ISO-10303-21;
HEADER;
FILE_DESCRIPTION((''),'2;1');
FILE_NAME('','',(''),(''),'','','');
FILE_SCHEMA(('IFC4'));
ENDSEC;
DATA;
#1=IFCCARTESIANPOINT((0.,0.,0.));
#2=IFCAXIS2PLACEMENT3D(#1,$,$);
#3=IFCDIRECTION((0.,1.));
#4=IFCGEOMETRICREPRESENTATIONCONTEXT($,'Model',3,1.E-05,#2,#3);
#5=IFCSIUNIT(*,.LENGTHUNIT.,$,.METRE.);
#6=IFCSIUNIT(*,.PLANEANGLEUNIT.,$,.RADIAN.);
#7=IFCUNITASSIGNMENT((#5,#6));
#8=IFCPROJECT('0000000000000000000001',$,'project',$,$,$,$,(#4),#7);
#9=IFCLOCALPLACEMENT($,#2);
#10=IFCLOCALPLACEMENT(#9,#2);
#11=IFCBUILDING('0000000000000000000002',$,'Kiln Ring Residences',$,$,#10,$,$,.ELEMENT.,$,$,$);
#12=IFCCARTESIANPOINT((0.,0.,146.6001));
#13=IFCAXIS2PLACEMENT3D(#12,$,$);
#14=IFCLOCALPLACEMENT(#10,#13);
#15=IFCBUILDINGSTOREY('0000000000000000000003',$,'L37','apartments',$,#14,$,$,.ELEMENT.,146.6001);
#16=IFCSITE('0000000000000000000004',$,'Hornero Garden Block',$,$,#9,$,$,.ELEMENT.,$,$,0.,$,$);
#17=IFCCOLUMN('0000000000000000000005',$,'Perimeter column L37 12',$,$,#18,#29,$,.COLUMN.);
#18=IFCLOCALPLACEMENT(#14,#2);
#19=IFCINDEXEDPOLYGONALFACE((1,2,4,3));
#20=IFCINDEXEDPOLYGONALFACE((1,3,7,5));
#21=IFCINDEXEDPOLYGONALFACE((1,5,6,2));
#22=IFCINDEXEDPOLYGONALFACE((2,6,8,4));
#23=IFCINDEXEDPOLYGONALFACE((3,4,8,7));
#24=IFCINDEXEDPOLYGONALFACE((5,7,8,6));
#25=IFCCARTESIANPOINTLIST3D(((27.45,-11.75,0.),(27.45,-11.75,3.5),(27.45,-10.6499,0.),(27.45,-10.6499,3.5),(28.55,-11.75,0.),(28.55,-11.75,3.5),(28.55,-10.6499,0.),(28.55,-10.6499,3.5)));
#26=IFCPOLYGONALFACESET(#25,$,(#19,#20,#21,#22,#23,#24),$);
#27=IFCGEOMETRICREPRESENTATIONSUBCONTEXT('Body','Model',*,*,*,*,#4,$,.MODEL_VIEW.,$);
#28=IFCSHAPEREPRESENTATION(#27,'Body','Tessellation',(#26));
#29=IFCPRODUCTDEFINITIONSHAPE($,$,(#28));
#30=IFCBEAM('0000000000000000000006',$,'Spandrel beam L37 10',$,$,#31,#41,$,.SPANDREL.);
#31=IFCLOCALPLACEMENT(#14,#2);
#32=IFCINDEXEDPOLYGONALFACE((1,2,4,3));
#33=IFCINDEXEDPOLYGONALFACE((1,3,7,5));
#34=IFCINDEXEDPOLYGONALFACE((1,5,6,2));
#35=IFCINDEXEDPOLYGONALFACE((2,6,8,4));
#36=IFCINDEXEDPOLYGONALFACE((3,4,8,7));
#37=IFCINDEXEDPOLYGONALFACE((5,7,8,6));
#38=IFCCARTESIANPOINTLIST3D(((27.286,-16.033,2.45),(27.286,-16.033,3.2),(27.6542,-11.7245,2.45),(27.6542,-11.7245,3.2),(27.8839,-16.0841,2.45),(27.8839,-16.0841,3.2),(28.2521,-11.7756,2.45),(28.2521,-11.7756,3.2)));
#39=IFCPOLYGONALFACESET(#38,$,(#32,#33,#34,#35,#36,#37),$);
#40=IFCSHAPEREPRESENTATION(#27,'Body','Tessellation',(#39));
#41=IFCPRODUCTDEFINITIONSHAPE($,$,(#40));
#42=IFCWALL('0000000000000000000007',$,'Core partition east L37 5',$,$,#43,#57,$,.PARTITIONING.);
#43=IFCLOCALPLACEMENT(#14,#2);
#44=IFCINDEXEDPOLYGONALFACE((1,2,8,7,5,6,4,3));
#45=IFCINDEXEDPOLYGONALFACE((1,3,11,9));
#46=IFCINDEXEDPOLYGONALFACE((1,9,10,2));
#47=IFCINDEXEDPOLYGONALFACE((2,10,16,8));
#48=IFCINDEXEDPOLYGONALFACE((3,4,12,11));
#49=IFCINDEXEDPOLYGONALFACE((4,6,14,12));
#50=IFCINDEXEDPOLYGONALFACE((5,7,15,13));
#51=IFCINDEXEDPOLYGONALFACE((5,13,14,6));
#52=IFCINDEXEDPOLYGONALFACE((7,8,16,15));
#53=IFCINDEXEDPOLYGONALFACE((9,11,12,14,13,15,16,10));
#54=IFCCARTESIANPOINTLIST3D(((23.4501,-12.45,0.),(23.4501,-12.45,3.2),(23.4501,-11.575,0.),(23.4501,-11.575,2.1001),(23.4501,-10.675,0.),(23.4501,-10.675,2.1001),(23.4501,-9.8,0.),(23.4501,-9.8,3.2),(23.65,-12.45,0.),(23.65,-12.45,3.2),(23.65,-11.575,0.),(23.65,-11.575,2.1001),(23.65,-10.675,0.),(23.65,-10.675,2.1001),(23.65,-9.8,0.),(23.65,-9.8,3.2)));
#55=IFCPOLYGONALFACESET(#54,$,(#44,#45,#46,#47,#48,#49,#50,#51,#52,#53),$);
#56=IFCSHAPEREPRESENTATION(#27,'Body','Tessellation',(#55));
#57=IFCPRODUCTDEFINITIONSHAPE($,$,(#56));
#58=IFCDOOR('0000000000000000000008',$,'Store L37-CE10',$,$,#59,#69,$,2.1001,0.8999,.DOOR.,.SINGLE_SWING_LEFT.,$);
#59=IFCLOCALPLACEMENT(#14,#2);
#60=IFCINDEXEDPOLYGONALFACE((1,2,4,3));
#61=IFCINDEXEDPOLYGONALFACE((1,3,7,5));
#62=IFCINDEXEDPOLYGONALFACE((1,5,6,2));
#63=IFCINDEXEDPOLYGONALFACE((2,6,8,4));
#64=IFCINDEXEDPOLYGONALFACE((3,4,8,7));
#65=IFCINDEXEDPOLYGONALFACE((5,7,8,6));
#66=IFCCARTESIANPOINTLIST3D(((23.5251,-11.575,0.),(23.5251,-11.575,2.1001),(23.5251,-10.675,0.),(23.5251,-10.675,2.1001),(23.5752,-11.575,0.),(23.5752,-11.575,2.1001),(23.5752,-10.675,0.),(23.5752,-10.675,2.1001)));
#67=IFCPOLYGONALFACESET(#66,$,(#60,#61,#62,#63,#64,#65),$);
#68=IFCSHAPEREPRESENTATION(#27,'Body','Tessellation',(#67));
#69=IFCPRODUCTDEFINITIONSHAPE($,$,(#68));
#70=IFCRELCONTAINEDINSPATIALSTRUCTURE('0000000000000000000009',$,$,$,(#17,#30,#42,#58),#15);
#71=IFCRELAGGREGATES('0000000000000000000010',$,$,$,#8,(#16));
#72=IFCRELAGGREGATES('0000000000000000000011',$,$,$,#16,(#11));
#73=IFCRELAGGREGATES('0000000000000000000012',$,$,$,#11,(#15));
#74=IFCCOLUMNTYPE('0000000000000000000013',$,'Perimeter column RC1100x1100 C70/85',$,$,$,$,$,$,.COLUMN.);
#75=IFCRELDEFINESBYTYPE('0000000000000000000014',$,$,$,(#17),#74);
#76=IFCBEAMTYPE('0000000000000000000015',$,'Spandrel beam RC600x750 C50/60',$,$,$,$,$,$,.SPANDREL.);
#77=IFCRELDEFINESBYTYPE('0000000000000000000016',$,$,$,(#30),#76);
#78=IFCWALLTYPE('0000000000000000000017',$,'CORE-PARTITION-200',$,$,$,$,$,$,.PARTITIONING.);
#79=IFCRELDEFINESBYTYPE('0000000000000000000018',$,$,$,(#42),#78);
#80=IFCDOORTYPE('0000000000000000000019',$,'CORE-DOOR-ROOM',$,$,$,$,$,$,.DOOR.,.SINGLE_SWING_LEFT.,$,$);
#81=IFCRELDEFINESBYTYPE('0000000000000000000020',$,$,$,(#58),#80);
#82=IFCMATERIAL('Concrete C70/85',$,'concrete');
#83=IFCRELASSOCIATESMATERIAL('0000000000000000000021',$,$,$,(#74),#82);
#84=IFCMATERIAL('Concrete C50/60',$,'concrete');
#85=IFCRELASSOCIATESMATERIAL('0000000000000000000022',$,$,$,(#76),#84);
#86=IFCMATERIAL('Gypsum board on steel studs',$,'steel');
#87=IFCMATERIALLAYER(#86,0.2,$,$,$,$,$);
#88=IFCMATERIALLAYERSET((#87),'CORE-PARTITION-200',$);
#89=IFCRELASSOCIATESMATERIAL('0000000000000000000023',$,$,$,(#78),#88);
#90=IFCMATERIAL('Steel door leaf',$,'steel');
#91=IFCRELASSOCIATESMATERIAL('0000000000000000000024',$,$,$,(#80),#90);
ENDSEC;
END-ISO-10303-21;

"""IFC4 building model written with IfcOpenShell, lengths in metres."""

from ifc_helpers import new_model, si_unit, direction, frame, frame_2d, origin, origin_2d, place, context, subcontext, project, spatial, rectangle, extrude, material, layer, layer_set, material_profile, profile_set, type_object, element, fill, save


model = new_model("IFC4")

# Units and contexts
model_context = context("Model", 3, precision=1e-05, world=origin(), true_north=direction((0.0, 1.0)))
body_context = subcontext(model_context, "Body", "Model", "MODEL_VIEW")
ifc_project = project(units=[si_unit("LENGTHUNIT", "METRE"), si_unit("PLANEANGLEUNIT", "RADIAN")], contexts=[model_context])

# Site, building, storey
site_placement = place(None, origin())
site = spatial("IfcSite", under=ifc_project, at=site_placement, Name="Hornero Garden Block", CompositionType="ELEMENT", RefElevation=0.0)
building_placement = place(site_placement, origin())
building = spatial("IfcBuilding", under=site, at=building_placement, Name="Kiln Ring Residences", CompositionType="ELEMENT")
storey_placement = place(building_placement, frame((0.0, 0.0, 146.6001)))
storey = spatial("IfcBuildingStorey", under=building, at=storey_placement, Name="L37", Description="apartments", CompositionType="ELEMENT", Elevation=146.6001)

# Column
ifc_material_1 = material(Name="Concrete C70/85", Category="concrete")
ifc_material_profile_1 = material_profile(ifc_material_1, rectangle(XDim=1.1001, YDim=1.1001, at=origin_2d()), Name="RC1100x1100")
ifc_profile_set_1 = profile_set([ifc_material_profile_1], Name="Concrete C70/85")
column_type = type_object("IfcColumnType", Name="Perimeter column RC1100x1100 C70/85", PredefinedType="COLUMN", material=ifc_profile_set_1)
column_placement = place(storey_placement, frame((28.0, -11.2, 0.0), z_axis=(0.0, 0.0, 1.0), x_axis=(1.0, 0.0, 0.0)))
element("IfcColumn", 1, at=column_placement, inside=storey, type_object=column_type, Name="Perimeter column L37 12", PredefinedType="COLUMN", context=body_context, shape_type="SweptSolid", body=[
    extrude(rectangle(XDim=1.1001, YDim=1.1001, at=origin_2d()), origin(), (0.0, 0.0, 1.0), 3.5),
])

# Beam
ifc_material_2 = material(Name="Concrete C50/60", Category="concrete")
ifc_material_profile_2 = material_profile(ifc_material_2, rectangle(XDim=0.6001, YDim=0.75, at=origin_2d()), Name="RC600x750")
ifc_profile_set_2 = profile_set([ifc_material_profile_2], Name="Concrete C50/60")
beam_type = type_object("IfcBeamType", Name="Spandrel beam RC600x750 C50/60", PredefinedType="SPANDREL", material=ifc_profile_set_2)
beam_placement = place(storey_placement, frame((27.585, -16.0586, 2.825), z_axis=(0.085139, 0.996369, 0.0), x_axis=(-0.996369, 0.085139, 0.0)))
element("IfcBeam", 2, at=beam_placement, inside=storey, type_object=beam_type, Name="Spandrel beam L37 10", PredefinedType="SPANDREL", context=body_context, shape_type="SweptSolid", body=[
    extrude(rectangle(XDim=0.6001, YDim=0.75, at=origin_2d()), origin(), (0.0, 0.0, 1.0), 4.3242),
])

# Wall, opening, door
ifc_material_3 = material(Name="Gypsum board on steel studs", Category="steel")
ifc_layer_1 = layer(ifc_material_3, 0.2)
ifc_layer_set_1 = layer_set([ifc_layer_1], Name="CORE-PARTITION-200")
wall_type_1 = type_object("IfcWallType", Name="CORE-PARTITION-200", PredefinedType="PARTITIONING", material=ifc_layer_set_1)
wall_1_placement = place(storey_placement, frame((23.55, -12.45, 0.0), z_axis=(0.0, 0.0, 1.0), x_axis=(0.0, 1.0, 0.0)))
wall_1 = element("IfcWall", 3, at=wall_1_placement, inside=storey, type_object=wall_type_1, Name="Core partition east L37 5", PredefinedType="PARTITIONING", context=body_context, shape_type="SweptSolid", body=[
    extrude(rectangle(XDim=2.6499, YDim=0.2, at=frame_2d((1.325, 0.0))), origin(), (0.0, 0.0, 1.0), 3.2),
])
opening_1_placement = place(wall_1_placement, frame((0.875, 0.0, 0.0)))
opening_1 = element("IfcOpeningElement", 4, at=opening_1_placement, cuts=wall_1, PredefinedType="OPENING", context=body_context, shape_type="SweptSolid", body=[
    extrude(rectangle(XDim=0.8999, YDim=2.1001, at=frame_2d((0.45, 1.05))), frame((0.0, 0.1099, 0.0), z_axis=(0.0, -1.0, 0.0), x_axis=(1.0, 0.0, 0.0)), (0.0, 0.0, 1.0), 0.22),
])
ifc_material_4 = material(Name="Steel door leaf", Category="steel")
door_type_1 = type_object("IfcDoorType", Name="CORE-DOOR-ROOM", OperationType="SINGLE_SWING_LEFT", PredefinedType="DOOR", material=ifc_material_4)
door_1_placement = place(opening_1_placement, origin())
door_1 = element("IfcDoor", 5, at=door_1_placement, inside=storey, type_object=door_type_1, Name="Store L37-CE10", OperationType="SINGLE_SWING_LEFT", OverallHeight=2.1001, OverallWidth=0.8999, PredefinedType="DOOR", context=body_context, shape_type="SweptSolid", body=[
    extrude(rectangle(XDim=0.8999, YDim=2.1001, at=frame_2d((0.45, 1.05))), frame((0.0, 0.0249, 0.0), z_axis=(0.0, -1.0, 0.0), x_axis=(1.0, 0.0, 0.0)), (0.0, 0.0, 1.0), 0.05),
])
fill(opening_1, door_1)

save(model, "model.ifc")
